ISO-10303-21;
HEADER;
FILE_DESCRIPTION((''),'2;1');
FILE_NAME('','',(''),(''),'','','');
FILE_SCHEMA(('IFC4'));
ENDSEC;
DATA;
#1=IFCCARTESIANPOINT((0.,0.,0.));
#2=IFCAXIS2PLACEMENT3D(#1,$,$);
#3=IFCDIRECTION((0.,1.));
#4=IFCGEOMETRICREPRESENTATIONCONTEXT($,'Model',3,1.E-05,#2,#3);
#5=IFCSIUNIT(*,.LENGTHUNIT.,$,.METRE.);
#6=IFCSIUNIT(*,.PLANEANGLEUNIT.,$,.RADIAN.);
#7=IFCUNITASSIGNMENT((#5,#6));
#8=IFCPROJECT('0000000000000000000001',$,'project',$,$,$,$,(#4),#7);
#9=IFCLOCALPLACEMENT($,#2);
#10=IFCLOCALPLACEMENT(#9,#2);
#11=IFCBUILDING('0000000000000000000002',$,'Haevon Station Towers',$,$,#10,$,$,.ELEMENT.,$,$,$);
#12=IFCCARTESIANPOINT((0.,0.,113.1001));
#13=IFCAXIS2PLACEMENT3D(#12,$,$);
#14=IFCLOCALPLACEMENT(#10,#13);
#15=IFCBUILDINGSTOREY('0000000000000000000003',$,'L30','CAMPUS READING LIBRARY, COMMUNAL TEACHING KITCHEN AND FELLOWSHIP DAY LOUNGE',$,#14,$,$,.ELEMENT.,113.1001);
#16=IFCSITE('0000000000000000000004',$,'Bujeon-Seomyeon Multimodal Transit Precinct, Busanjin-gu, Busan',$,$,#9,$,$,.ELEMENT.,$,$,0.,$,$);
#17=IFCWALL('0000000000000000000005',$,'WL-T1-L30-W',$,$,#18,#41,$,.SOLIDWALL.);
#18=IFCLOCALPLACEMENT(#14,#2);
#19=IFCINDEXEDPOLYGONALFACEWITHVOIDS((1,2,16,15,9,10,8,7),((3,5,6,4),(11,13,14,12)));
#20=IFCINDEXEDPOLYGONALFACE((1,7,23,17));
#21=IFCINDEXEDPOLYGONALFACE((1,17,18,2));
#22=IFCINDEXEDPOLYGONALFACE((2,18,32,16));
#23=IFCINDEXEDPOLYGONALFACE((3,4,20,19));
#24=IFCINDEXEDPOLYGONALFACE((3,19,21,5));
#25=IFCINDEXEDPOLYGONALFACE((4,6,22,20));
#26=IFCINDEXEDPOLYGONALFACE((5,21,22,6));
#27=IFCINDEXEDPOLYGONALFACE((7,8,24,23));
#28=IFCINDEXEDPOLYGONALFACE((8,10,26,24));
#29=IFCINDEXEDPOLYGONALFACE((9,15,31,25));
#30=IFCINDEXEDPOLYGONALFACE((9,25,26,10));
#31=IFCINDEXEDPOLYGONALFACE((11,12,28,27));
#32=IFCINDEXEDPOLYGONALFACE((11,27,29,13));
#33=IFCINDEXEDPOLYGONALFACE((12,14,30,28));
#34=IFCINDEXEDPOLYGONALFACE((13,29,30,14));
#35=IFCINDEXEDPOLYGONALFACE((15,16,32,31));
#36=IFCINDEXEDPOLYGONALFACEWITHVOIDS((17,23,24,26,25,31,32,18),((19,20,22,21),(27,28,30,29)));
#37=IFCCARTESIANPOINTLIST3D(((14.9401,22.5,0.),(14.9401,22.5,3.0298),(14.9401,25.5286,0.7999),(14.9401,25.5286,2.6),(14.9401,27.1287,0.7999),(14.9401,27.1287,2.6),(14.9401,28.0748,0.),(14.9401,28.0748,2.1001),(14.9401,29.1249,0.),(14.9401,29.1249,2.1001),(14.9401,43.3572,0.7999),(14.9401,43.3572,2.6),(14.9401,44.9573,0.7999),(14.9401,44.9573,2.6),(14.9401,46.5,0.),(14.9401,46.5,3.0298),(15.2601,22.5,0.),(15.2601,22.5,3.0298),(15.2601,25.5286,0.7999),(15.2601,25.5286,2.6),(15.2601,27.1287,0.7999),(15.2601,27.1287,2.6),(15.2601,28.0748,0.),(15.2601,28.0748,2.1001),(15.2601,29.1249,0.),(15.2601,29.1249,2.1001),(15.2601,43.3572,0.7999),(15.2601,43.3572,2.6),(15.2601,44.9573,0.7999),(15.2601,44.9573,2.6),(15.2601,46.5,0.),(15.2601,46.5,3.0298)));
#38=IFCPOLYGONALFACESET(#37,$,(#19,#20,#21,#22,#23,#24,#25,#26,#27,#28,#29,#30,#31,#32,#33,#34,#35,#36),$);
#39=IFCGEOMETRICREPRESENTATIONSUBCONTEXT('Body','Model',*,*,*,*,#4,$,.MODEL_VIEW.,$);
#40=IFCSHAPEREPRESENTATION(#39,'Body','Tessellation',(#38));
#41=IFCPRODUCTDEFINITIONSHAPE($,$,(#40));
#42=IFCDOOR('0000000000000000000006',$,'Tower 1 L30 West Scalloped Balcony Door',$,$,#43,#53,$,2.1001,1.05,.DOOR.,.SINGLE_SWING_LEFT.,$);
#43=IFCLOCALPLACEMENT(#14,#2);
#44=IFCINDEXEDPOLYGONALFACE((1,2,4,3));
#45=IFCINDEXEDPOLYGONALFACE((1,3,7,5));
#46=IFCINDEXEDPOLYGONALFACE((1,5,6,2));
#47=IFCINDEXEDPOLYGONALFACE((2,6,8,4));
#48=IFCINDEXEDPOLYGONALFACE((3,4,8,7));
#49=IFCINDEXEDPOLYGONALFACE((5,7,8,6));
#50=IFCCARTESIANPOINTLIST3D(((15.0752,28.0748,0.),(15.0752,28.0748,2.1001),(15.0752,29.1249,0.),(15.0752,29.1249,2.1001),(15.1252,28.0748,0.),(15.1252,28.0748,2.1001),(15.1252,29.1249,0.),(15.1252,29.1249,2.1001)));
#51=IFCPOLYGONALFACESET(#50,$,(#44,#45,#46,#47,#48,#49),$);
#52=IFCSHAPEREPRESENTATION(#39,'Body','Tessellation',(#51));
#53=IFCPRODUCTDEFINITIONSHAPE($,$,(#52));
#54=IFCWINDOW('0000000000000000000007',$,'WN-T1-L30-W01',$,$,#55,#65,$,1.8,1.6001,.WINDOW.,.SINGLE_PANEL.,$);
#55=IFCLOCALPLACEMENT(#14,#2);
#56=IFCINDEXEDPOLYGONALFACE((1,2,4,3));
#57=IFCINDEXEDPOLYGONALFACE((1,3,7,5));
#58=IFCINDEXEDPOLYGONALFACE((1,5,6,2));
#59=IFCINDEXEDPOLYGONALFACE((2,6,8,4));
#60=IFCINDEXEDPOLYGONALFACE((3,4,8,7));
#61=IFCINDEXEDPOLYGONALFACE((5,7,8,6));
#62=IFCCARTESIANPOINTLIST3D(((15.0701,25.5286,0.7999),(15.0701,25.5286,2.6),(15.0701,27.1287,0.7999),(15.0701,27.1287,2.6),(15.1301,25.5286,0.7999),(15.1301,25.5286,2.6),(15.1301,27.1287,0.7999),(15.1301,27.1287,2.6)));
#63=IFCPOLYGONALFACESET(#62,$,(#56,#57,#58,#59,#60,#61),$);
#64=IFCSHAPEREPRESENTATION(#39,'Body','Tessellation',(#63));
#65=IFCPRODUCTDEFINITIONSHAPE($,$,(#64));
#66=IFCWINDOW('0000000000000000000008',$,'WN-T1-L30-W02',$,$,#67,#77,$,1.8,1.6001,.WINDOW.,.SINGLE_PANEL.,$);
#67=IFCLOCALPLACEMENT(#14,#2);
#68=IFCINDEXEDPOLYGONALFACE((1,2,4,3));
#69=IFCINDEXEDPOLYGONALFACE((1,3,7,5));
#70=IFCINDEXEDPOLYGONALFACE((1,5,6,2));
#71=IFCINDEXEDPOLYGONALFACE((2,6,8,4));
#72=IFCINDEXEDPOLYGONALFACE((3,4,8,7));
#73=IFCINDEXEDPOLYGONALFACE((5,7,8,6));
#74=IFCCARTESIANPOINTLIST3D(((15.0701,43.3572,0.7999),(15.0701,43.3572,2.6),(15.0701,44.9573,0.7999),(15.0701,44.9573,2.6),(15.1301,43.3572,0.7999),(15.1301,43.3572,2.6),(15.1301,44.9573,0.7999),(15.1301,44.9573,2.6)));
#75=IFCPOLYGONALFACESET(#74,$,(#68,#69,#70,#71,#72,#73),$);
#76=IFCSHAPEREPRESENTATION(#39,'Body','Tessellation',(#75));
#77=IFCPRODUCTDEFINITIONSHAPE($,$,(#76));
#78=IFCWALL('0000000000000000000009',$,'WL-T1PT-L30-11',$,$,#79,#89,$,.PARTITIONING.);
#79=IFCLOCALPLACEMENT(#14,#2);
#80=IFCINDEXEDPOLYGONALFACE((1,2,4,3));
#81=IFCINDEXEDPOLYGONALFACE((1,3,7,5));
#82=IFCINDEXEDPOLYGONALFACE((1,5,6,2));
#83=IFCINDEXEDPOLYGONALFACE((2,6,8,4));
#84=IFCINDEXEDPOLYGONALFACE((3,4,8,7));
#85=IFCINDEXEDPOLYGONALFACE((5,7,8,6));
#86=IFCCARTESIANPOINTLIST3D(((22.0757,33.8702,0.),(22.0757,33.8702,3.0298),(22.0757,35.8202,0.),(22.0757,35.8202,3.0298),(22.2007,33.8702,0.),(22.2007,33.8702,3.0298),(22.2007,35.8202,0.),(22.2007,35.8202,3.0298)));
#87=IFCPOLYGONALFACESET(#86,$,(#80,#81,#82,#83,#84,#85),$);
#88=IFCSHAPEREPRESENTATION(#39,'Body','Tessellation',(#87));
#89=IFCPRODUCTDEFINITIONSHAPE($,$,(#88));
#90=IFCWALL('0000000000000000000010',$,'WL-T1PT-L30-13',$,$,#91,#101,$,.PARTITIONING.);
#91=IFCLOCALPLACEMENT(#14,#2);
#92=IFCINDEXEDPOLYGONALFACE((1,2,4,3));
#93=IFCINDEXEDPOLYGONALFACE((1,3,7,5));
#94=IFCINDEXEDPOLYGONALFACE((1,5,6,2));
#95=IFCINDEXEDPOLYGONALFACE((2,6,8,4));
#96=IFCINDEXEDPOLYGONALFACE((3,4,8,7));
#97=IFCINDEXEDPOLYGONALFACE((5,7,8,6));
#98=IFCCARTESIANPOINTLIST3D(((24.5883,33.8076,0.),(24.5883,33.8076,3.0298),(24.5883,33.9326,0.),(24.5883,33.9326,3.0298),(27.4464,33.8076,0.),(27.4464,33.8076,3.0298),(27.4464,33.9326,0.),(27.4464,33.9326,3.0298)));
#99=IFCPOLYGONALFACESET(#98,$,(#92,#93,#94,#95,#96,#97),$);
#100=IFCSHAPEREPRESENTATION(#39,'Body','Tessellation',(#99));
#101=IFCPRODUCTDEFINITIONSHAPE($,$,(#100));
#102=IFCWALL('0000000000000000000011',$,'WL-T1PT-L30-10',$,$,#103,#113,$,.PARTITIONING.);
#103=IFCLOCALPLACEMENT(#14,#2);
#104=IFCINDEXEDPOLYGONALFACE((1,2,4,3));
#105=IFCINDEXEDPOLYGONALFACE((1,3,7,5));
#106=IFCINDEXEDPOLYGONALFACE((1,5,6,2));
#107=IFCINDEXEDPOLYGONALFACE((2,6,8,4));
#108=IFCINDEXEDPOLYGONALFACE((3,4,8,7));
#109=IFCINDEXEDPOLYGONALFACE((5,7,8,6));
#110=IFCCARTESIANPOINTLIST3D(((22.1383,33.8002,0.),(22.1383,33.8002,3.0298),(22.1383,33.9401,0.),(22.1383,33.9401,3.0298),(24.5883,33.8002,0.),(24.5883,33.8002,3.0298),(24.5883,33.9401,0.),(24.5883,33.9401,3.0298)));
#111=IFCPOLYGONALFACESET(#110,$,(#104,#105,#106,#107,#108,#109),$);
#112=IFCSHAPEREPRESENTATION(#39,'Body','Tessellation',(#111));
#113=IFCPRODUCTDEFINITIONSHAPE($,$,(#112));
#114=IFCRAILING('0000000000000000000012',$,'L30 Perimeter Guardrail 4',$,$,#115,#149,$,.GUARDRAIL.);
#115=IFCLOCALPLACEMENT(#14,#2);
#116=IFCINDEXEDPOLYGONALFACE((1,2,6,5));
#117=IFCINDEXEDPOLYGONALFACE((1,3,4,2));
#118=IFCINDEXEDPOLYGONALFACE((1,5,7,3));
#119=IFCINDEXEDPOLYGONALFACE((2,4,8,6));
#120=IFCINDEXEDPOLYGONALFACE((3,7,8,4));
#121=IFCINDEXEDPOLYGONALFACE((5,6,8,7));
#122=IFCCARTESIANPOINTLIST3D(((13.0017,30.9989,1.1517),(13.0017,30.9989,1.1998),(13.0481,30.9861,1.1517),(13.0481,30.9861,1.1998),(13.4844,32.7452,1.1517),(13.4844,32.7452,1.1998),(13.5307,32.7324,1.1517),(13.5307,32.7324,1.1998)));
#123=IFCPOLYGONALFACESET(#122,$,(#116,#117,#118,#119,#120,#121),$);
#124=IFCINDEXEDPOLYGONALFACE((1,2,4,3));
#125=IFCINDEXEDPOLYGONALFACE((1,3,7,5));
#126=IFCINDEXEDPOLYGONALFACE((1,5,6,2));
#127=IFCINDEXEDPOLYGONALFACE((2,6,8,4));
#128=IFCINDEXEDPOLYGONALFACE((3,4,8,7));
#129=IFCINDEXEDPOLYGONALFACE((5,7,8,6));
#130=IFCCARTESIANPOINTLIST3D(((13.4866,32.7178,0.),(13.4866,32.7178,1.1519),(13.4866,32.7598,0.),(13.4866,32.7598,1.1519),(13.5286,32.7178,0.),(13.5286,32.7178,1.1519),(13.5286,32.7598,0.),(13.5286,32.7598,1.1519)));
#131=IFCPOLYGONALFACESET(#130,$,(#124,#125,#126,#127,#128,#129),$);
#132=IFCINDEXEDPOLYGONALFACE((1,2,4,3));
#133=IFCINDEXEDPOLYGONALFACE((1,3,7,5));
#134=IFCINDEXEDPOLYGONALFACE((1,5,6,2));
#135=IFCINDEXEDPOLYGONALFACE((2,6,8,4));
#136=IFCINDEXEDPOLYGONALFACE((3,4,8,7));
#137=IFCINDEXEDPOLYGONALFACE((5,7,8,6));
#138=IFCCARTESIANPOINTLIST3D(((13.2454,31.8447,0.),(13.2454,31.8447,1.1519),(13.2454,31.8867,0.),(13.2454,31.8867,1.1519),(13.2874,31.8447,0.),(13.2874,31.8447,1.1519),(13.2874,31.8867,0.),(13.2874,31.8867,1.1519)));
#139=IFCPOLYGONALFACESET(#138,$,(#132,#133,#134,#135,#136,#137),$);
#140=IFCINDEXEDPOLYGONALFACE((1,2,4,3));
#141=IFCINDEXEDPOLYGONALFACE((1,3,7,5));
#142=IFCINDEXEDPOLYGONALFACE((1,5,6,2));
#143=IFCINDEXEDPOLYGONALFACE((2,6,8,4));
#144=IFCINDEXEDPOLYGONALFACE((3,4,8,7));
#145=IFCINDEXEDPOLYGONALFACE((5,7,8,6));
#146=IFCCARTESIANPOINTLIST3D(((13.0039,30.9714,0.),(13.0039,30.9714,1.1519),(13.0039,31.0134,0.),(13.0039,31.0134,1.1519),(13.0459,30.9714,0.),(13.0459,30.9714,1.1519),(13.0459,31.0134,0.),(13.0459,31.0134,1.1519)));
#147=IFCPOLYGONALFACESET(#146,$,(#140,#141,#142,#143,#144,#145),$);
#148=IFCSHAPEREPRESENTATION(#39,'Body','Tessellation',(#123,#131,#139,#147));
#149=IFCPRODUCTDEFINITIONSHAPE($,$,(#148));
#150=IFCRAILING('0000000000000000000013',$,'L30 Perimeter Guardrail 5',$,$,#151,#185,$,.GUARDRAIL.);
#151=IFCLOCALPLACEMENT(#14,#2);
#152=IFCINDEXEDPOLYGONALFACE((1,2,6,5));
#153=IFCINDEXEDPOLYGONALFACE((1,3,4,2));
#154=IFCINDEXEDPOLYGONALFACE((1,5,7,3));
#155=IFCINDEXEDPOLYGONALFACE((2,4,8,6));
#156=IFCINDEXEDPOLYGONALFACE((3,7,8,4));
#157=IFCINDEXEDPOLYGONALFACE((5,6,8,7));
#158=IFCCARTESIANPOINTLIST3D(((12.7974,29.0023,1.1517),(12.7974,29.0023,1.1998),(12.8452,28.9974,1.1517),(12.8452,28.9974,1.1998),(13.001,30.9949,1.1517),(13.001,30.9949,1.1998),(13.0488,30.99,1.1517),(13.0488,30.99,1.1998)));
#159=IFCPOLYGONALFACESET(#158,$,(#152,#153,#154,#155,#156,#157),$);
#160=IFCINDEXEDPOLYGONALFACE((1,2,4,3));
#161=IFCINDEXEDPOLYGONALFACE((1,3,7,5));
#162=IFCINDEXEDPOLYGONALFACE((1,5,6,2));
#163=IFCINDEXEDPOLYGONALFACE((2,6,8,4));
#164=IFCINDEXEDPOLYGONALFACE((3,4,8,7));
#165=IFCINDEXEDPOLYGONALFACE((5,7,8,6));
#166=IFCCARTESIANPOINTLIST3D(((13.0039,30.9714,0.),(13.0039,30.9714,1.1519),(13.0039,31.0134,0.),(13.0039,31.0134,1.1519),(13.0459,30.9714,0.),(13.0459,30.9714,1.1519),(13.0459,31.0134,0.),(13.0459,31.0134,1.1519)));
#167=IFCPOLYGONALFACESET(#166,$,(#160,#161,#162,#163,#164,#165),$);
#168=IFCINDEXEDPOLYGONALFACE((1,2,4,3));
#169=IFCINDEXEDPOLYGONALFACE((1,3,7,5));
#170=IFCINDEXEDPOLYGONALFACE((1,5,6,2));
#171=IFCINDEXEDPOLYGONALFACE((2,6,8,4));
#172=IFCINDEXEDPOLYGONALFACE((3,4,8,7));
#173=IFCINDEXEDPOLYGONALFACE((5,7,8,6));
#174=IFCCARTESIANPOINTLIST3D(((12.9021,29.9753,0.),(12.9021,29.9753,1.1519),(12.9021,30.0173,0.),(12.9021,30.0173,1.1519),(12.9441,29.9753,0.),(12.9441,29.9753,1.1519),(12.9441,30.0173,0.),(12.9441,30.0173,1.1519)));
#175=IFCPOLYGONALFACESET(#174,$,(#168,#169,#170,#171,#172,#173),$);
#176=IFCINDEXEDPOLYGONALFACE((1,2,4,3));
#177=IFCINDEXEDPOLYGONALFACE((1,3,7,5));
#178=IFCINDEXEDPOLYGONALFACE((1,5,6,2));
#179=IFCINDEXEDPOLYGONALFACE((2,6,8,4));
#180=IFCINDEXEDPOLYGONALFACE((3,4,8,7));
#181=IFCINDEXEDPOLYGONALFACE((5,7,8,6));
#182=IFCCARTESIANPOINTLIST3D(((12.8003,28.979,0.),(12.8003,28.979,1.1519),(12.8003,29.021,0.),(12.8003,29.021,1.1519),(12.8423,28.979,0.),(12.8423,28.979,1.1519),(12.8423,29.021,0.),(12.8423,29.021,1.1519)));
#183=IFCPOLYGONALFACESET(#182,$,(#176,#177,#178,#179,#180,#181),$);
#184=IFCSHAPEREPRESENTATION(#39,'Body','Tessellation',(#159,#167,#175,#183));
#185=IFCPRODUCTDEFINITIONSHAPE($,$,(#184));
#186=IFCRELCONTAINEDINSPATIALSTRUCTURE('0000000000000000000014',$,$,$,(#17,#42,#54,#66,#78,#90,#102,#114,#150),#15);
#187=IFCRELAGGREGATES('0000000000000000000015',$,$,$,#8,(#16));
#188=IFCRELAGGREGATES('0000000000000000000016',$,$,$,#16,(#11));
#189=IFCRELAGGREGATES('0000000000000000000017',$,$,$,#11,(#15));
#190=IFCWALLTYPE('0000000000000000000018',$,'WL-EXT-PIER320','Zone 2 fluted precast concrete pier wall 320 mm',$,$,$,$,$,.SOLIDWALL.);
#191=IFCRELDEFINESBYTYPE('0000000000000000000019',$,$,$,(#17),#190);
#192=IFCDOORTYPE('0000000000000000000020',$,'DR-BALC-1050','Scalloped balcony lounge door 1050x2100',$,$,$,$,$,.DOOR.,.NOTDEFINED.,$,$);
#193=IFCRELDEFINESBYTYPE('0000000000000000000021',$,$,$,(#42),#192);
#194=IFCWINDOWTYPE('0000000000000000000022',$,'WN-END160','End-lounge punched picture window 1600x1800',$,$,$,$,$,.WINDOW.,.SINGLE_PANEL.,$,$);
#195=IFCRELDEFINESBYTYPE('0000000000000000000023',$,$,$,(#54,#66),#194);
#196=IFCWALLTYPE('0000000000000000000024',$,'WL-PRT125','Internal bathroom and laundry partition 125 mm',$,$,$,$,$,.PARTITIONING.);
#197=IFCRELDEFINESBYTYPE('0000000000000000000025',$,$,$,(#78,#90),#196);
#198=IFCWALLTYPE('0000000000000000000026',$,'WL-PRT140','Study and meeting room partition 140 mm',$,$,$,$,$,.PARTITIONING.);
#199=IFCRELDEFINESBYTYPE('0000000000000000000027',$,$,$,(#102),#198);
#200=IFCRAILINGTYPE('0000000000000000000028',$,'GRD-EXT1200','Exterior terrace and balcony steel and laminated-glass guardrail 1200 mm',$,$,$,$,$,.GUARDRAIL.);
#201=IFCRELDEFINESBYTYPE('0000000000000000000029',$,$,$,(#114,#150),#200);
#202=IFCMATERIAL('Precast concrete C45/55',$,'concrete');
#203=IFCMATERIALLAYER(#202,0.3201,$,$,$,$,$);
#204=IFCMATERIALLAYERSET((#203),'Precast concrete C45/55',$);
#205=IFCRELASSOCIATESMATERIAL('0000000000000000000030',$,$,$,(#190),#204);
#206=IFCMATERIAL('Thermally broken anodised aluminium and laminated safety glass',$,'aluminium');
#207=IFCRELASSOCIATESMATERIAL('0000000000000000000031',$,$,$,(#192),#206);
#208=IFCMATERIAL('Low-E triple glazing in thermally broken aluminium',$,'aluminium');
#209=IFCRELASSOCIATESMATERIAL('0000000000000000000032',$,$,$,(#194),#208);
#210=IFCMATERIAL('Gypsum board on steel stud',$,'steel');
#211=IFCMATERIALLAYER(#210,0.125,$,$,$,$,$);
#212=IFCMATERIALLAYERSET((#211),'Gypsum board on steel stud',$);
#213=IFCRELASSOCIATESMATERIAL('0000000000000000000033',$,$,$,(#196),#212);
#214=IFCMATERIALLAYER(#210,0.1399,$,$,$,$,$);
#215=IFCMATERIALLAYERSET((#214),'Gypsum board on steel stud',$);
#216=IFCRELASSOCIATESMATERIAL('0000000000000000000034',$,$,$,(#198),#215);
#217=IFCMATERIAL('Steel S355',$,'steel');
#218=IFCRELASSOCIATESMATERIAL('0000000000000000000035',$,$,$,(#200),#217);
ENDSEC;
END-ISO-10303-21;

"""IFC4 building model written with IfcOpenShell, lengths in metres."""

from ifc_helpers import new_model, si_unit, direction, frame, frame_2d, origin, origin_2d, place, context, subcontext, project, spatial, rectangle, extrude, material, layer, layer_set, type_object, element, fill, save


model = new_model("IFC4")

# Units and contexts
model_context = context("Model", 3, precision=1e-05, world=origin(), true_north=direction((0.0, 1.0)))
body_context = subcontext(model_context, "Body", "Model", "MODEL_VIEW")
ifc_project = project(units=[si_unit("LENGTHUNIT", "METRE"), si_unit("PLANEANGLEUNIT", "RADIAN")], contexts=[model_context])

# Site, building, storey
site_placement = place(None, origin())
site = spatial("IfcSite", under=ifc_project, at=site_placement, Name="Bujeon-Seomyeon Multimodal Transit Precinct, Busanjin-gu, Busan", CompositionType="ELEMENT", RefElevation=0.0)
building_placement = place(site_placement, origin())
building = spatial("IfcBuilding", under=site, at=building_placement, Name="Haevon Station Towers", CompositionType="ELEMENT")
storey_placement = place(building_placement, frame((0.0, 0.0, 113.1001)))
storey = spatial("IfcBuildingStorey", under=building, at=storey_placement, Name="L30", Description="CAMPUS READING LIBRARY, COMMUNAL TEACHING KITCHEN AND FELLOWSHIP DAY LOUNGE", CompositionType="ELEMENT", Elevation=113.1001)

# Shared definitions
ifc_material_1 = material(Name="Steel S355", Category="steel")

# Wall, openings, door, windows
ifc_material_2 = material(Name="Precast concrete C45/55", Category="concrete")
ifc_layer_1 = layer(ifc_material_2, 0.3201)
ifc_layer_set_1 = layer_set([ifc_layer_1], Name="Precast concrete C45/55")
wall_type_1 = type_object("IfcWallType", Name="WL-EXT-PIER320", Description="Zone 2 fluted precast concrete pier wall 320 mm", PredefinedType="SOLIDWALL", material=ifc_layer_set_1)
wall_1_placement = place(storey_placement, frame((15.1001, 22.5, 0.0), z_axis=(0.0, 0.0, 1.0), x_axis=(0.0, 1.0, 0.0)))
wall_1 = element("IfcWall", 1, at=wall_1_placement, inside=storey, type_object=wall_type_1, Name="WL-T1-L30-W", PredefinedType="SOLIDWALL", context=body_context, shape_type="SweptSolid", body=[
    extrude(rectangle(XDim=24.0, YDim=0.3201, at=frame_2d((12.0, 0.0))), origin(), (0.0, 0.0, 1.0), 3.0298),
])
opening_1_placement = place(wall_1_placement, frame((5.575, 0.0, 0.0)))
opening_1 = element("IfcOpeningElement", 2, at=opening_1_placement, cuts=wall_1, PredefinedType="OPENING", context=body_context, shape_type="SweptSolid", body=[
    extrude(rectangle(XDim=1.05, YDim=2.1001, at=frame_2d((0.5249, 1.05))), frame((0.0, 0.1699, 0.0), z_axis=(0.0, -1.0, 0.0), x_axis=(1.0, 0.0, 0.0)), (0.0, 0.0, 1.0), 0.3401),
])
opening_2_placement = place(wall_1_placement, frame((3.0286, 0.0, 0.8)))
opening_2 = element("IfcOpeningElement", 3, at=opening_2_placement, cuts=wall_1, PredefinedType="OPENING", context=body_context, shape_type="SweptSolid", body=[
    extrude(rectangle(XDim=1.6001, YDim=1.8, at=frame_2d((0.8, 0.8999))), frame((0.0, 0.1699, 0.0), z_axis=(0.0, -1.0, 0.0), x_axis=(1.0, 0.0, 0.0)), (0.0, 0.0, 1.0), 0.3401),
])
opening_3_placement = place(wall_1_placement, frame((20.8572, 0.0, 0.8)))
opening_3 = element("IfcOpeningElement", 4, at=opening_3_placement, cuts=wall_1, PredefinedType="OPENING", context=body_context, shape_type="SweptSolid", body=[
    extrude(rectangle(XDim=1.6001, YDim=1.8, at=frame_2d((0.8, 0.8999))), frame((0.0, 0.1699, 0.0), z_axis=(0.0, -1.0, 0.0), x_axis=(1.0, 0.0, 0.0)), (0.0, 0.0, 1.0), 0.3401),
])
ifc_material_3 = material(Name="Thermally broken anodised aluminium and laminated safety glass", Category="aluminium")
door_type = type_object("IfcDoorType", Name="DR-BALC-1050", Description="Scalloped balcony lounge door 1050x2100", OperationType="NOTDEFINED", PredefinedType="DOOR", material=ifc_material_3)
door_placement = place(opening_1_placement, origin())
door = element("IfcDoor", 5, at=door_placement, inside=storey, type_object=door_type, Name="Tower 1 L30 West Scalloped Balcony Door", OperationType="SINGLE_SWING_LEFT", OverallHeight=2.1001, OverallWidth=1.05, PredefinedType="DOOR", context=body_context, shape_type="SweptSolid", body=[
    extrude(rectangle(XDim=1.05, YDim=2.1001, at=frame_2d((0.5249, 1.05))), frame((0.0, 0.0249, 0.0), z_axis=(0.0, -1.0, 0.0), x_axis=(1.0, 0.0, 0.0)), (0.0, 0.0, 1.0), 0.05),
])
fill(opening_1, door)
ifc_material_4 = material(Name="Low-E triple glazing in thermally broken aluminium", Category="aluminium")
window_type = type_object("IfcWindowType", Name="WN-END160", Description="End-lounge punched picture window 1600x1800", PartitioningType="SINGLE_PANEL", PredefinedType="WINDOW", material=ifc_material_4)
window_1_placement = place(opening_2_placement, origin())
window_1 = element("IfcWindow", 6, at=window_1_placement, inside=storey, type_object=window_type, Name="WN-T1-L30-W01", OverallHeight=1.8, OverallWidth=1.6001, PartitioningType="SINGLE_PANEL", PredefinedType="WINDOW", context=body_context, shape_type="SweptSolid", body=[
    extrude(rectangle(XDim=1.6001, YDim=1.8, at=frame_2d((0.8, 0.8999))), frame((0.0, 0.03, 0.0), z_axis=(0.0, -1.0, 0.0), x_axis=(1.0, 0.0, 0.0)), (0.0, 0.0, 1.0), 0.0601),
])
fill(opening_2, window_1)
window_2_placement = place(opening_3_placement, origin())
window_2 = element("IfcWindow", 7, at=window_2_placement, inside=storey, type_object=window_type, Name="WN-T1-L30-W02", OverallHeight=1.8, OverallWidth=1.6001, PartitioningType="SINGLE_PANEL", PredefinedType="WINDOW", context=body_context, shape_type="SweptSolid", body=[
    extrude(rectangle(XDim=1.6001, YDim=1.8, at=frame_2d((0.8, 0.8999))), frame((0.0, 0.03, 0.0), z_axis=(0.0, -1.0, 0.0), x_axis=(1.0, 0.0, 0.0)), (0.0, 0.0, 1.0), 0.0601),
])
fill(opening_3, window_2)

# Walls
ifc_material_5 = material(Name="Gypsum board on steel stud", Category="steel")
ifc_layer_2 = layer(ifc_material_5, 0.125)
ifc_layer_set_2 = layer_set([ifc_layer_2], Name="Gypsum board on steel stud")
wall_type_2 = type_object("IfcWallType", Name="WL-PRT125", Description="Internal bathroom and laundry partition 125 mm", PredefinedType="PARTITIONING", material=ifc_layer_set_2)
wall_2_placement = place(storey_placement, frame((22.1382, 33.8701, 0.0), z_axis=(0.0, 0.0, 1.0), x_axis=(0.0, 1.0, 0.0)))
element("IfcWall", 8, at=wall_2_placement, inside=storey, type_object=wall_type_2, Name="WL-T1PT-L30-11", PredefinedType="PARTITIONING", context=body_context, shape_type="SweptSolid", body=[
    extrude(rectangle(XDim=1.95, YDim=0.125, at=frame_2d((0.9751, 0.0))), origin(), (0.0, 0.0, 1.0), 3.0298),
])
wall_3_placement = place(storey_placement, frame((24.5881, 33.8701, 0.0), z_axis=(0.0, 0.0, 1.0), x_axis=(1.0, 0.0, 0.0)))
element("IfcWall", 9, at=wall_3_placement, inside=storey, type_object=wall_type_2, Name="WL-T1PT-L30-13", PredefinedType="PARTITIONING", context=body_context, shape_type="SweptSolid", body=[
    extrude(rectangle(XDim=2.8582, YDim=0.125, at=frame_2d((1.4292, 0.0))), origin(), (0.0, 0.0, 1.0), 3.0298),
])
ifc_layer_3 = layer(ifc_material_5, 0.1399)
ifc_layer_set_3 = layer_set([ifc_layer_3], Name="Gypsum board on steel stud")
wall_type_3 = type_object("IfcWallType", Name="WL-PRT140", Description="Study and meeting room partition 140 mm", PredefinedType="PARTITIONING", material=ifc_layer_set_3)
wall_4_placement = place(storey_placement, frame((22.1382, 33.8701, 0.0), z_axis=(0.0, 0.0, 1.0), x_axis=(1.0, 0.0, 0.0)))
element("IfcWall", 10, at=wall_4_placement, inside=storey, type_object=wall_type_3, Name="WL-T1PT-L30-10", PredefinedType="PARTITIONING", context=body_context, shape_type="SweptSolid", body=[
    extrude(rectangle(XDim=2.45, YDim=0.1399, at=frame_2d((1.2251, 0.0))), origin(), (0.0, 0.0, 1.0), 3.0298),
])

# Railings
railing_type = type_object("IfcRailingType", Name="GRD-EXT1200", Description="Exterior terrace and balcony steel and laminated-glass guardrail 1200 mm", PredefinedType="GUARDRAIL", material=ifc_material_1)
railing_1_placement = place(storey_placement, frame((13.5076, 32.7388, 0.0)))
element("IfcRailing", 11, at=railing_1_placement, inside=storey, type_object=railing_type, Name="L30 Perimeter Guardrail 4", PredefinedType="GUARDRAIL", context=body_context, shape_type="SweptSolid", body=[
    extrude(rectangle(XDim=0.0481, YDim=0.0481, at=origin_2d()), frame((0.0, 0.0, 1.1758), z_axis=(-0.2664, -0.963863, 0.0), x_axis=(0.963863, -0.2664, 0.0)), (0.0, 0.0, 1.0), 1.8118),
    extrude(rectangle(XDim=0.042, YDim=0.042, at=origin_2d()), origin(), (0.0, 0.0, 1.0), 1.1519),
    extrude(rectangle(XDim=0.042, YDim=0.042, at=origin_2d()), frame((-0.2412, -0.873, 0.0)), (0.0, 0.0, 1.0), 1.1519),
    extrude(rectangle(XDim=0.042, YDim=0.042, at=origin_2d()), frame((-0.4827, -1.7463, 0.0)), (0.0, 0.0, 1.0), 1.1519),
])
railing_2_placement = place(storey_placement, frame((13.0249, 30.9924, 0.0)))
element("IfcRailing", 12, at=railing_2_placement, inside=storey, type_object=railing_type, Name="L30 Perimeter Guardrail 5", PredefinedType="GUARDRAIL", context=body_context, shape_type="SweptSolid", body=[
    extrude(rectangle(XDim=0.0481, YDim=0.0481, at=origin_2d()), frame((0.0, 0.0, 1.1758), z_axis=(-0.101664, -0.994819, 0.0), x_axis=(0.994819, -0.101664, 0.0)), (0.0, 0.0, 1.0), 2.0029),
    extrude(rectangle(XDim=0.042, YDim=0.042, at=origin_2d()), origin(), (0.0, 0.0, 1.0), 1.1519),
    extrude(rectangle(XDim=0.042, YDim=0.042, at=origin_2d()), frame((-0.1018, -0.9961, 0.0)), (0.0, 0.0, 1.0), 1.1519),
    extrude(rectangle(XDim=0.042, YDim=0.042, at=origin_2d()), frame((-0.2036, -1.9924, 0.0)), (0.0, 0.0, 1.0), 1.1519),
])

save(model, "model.ifc")
